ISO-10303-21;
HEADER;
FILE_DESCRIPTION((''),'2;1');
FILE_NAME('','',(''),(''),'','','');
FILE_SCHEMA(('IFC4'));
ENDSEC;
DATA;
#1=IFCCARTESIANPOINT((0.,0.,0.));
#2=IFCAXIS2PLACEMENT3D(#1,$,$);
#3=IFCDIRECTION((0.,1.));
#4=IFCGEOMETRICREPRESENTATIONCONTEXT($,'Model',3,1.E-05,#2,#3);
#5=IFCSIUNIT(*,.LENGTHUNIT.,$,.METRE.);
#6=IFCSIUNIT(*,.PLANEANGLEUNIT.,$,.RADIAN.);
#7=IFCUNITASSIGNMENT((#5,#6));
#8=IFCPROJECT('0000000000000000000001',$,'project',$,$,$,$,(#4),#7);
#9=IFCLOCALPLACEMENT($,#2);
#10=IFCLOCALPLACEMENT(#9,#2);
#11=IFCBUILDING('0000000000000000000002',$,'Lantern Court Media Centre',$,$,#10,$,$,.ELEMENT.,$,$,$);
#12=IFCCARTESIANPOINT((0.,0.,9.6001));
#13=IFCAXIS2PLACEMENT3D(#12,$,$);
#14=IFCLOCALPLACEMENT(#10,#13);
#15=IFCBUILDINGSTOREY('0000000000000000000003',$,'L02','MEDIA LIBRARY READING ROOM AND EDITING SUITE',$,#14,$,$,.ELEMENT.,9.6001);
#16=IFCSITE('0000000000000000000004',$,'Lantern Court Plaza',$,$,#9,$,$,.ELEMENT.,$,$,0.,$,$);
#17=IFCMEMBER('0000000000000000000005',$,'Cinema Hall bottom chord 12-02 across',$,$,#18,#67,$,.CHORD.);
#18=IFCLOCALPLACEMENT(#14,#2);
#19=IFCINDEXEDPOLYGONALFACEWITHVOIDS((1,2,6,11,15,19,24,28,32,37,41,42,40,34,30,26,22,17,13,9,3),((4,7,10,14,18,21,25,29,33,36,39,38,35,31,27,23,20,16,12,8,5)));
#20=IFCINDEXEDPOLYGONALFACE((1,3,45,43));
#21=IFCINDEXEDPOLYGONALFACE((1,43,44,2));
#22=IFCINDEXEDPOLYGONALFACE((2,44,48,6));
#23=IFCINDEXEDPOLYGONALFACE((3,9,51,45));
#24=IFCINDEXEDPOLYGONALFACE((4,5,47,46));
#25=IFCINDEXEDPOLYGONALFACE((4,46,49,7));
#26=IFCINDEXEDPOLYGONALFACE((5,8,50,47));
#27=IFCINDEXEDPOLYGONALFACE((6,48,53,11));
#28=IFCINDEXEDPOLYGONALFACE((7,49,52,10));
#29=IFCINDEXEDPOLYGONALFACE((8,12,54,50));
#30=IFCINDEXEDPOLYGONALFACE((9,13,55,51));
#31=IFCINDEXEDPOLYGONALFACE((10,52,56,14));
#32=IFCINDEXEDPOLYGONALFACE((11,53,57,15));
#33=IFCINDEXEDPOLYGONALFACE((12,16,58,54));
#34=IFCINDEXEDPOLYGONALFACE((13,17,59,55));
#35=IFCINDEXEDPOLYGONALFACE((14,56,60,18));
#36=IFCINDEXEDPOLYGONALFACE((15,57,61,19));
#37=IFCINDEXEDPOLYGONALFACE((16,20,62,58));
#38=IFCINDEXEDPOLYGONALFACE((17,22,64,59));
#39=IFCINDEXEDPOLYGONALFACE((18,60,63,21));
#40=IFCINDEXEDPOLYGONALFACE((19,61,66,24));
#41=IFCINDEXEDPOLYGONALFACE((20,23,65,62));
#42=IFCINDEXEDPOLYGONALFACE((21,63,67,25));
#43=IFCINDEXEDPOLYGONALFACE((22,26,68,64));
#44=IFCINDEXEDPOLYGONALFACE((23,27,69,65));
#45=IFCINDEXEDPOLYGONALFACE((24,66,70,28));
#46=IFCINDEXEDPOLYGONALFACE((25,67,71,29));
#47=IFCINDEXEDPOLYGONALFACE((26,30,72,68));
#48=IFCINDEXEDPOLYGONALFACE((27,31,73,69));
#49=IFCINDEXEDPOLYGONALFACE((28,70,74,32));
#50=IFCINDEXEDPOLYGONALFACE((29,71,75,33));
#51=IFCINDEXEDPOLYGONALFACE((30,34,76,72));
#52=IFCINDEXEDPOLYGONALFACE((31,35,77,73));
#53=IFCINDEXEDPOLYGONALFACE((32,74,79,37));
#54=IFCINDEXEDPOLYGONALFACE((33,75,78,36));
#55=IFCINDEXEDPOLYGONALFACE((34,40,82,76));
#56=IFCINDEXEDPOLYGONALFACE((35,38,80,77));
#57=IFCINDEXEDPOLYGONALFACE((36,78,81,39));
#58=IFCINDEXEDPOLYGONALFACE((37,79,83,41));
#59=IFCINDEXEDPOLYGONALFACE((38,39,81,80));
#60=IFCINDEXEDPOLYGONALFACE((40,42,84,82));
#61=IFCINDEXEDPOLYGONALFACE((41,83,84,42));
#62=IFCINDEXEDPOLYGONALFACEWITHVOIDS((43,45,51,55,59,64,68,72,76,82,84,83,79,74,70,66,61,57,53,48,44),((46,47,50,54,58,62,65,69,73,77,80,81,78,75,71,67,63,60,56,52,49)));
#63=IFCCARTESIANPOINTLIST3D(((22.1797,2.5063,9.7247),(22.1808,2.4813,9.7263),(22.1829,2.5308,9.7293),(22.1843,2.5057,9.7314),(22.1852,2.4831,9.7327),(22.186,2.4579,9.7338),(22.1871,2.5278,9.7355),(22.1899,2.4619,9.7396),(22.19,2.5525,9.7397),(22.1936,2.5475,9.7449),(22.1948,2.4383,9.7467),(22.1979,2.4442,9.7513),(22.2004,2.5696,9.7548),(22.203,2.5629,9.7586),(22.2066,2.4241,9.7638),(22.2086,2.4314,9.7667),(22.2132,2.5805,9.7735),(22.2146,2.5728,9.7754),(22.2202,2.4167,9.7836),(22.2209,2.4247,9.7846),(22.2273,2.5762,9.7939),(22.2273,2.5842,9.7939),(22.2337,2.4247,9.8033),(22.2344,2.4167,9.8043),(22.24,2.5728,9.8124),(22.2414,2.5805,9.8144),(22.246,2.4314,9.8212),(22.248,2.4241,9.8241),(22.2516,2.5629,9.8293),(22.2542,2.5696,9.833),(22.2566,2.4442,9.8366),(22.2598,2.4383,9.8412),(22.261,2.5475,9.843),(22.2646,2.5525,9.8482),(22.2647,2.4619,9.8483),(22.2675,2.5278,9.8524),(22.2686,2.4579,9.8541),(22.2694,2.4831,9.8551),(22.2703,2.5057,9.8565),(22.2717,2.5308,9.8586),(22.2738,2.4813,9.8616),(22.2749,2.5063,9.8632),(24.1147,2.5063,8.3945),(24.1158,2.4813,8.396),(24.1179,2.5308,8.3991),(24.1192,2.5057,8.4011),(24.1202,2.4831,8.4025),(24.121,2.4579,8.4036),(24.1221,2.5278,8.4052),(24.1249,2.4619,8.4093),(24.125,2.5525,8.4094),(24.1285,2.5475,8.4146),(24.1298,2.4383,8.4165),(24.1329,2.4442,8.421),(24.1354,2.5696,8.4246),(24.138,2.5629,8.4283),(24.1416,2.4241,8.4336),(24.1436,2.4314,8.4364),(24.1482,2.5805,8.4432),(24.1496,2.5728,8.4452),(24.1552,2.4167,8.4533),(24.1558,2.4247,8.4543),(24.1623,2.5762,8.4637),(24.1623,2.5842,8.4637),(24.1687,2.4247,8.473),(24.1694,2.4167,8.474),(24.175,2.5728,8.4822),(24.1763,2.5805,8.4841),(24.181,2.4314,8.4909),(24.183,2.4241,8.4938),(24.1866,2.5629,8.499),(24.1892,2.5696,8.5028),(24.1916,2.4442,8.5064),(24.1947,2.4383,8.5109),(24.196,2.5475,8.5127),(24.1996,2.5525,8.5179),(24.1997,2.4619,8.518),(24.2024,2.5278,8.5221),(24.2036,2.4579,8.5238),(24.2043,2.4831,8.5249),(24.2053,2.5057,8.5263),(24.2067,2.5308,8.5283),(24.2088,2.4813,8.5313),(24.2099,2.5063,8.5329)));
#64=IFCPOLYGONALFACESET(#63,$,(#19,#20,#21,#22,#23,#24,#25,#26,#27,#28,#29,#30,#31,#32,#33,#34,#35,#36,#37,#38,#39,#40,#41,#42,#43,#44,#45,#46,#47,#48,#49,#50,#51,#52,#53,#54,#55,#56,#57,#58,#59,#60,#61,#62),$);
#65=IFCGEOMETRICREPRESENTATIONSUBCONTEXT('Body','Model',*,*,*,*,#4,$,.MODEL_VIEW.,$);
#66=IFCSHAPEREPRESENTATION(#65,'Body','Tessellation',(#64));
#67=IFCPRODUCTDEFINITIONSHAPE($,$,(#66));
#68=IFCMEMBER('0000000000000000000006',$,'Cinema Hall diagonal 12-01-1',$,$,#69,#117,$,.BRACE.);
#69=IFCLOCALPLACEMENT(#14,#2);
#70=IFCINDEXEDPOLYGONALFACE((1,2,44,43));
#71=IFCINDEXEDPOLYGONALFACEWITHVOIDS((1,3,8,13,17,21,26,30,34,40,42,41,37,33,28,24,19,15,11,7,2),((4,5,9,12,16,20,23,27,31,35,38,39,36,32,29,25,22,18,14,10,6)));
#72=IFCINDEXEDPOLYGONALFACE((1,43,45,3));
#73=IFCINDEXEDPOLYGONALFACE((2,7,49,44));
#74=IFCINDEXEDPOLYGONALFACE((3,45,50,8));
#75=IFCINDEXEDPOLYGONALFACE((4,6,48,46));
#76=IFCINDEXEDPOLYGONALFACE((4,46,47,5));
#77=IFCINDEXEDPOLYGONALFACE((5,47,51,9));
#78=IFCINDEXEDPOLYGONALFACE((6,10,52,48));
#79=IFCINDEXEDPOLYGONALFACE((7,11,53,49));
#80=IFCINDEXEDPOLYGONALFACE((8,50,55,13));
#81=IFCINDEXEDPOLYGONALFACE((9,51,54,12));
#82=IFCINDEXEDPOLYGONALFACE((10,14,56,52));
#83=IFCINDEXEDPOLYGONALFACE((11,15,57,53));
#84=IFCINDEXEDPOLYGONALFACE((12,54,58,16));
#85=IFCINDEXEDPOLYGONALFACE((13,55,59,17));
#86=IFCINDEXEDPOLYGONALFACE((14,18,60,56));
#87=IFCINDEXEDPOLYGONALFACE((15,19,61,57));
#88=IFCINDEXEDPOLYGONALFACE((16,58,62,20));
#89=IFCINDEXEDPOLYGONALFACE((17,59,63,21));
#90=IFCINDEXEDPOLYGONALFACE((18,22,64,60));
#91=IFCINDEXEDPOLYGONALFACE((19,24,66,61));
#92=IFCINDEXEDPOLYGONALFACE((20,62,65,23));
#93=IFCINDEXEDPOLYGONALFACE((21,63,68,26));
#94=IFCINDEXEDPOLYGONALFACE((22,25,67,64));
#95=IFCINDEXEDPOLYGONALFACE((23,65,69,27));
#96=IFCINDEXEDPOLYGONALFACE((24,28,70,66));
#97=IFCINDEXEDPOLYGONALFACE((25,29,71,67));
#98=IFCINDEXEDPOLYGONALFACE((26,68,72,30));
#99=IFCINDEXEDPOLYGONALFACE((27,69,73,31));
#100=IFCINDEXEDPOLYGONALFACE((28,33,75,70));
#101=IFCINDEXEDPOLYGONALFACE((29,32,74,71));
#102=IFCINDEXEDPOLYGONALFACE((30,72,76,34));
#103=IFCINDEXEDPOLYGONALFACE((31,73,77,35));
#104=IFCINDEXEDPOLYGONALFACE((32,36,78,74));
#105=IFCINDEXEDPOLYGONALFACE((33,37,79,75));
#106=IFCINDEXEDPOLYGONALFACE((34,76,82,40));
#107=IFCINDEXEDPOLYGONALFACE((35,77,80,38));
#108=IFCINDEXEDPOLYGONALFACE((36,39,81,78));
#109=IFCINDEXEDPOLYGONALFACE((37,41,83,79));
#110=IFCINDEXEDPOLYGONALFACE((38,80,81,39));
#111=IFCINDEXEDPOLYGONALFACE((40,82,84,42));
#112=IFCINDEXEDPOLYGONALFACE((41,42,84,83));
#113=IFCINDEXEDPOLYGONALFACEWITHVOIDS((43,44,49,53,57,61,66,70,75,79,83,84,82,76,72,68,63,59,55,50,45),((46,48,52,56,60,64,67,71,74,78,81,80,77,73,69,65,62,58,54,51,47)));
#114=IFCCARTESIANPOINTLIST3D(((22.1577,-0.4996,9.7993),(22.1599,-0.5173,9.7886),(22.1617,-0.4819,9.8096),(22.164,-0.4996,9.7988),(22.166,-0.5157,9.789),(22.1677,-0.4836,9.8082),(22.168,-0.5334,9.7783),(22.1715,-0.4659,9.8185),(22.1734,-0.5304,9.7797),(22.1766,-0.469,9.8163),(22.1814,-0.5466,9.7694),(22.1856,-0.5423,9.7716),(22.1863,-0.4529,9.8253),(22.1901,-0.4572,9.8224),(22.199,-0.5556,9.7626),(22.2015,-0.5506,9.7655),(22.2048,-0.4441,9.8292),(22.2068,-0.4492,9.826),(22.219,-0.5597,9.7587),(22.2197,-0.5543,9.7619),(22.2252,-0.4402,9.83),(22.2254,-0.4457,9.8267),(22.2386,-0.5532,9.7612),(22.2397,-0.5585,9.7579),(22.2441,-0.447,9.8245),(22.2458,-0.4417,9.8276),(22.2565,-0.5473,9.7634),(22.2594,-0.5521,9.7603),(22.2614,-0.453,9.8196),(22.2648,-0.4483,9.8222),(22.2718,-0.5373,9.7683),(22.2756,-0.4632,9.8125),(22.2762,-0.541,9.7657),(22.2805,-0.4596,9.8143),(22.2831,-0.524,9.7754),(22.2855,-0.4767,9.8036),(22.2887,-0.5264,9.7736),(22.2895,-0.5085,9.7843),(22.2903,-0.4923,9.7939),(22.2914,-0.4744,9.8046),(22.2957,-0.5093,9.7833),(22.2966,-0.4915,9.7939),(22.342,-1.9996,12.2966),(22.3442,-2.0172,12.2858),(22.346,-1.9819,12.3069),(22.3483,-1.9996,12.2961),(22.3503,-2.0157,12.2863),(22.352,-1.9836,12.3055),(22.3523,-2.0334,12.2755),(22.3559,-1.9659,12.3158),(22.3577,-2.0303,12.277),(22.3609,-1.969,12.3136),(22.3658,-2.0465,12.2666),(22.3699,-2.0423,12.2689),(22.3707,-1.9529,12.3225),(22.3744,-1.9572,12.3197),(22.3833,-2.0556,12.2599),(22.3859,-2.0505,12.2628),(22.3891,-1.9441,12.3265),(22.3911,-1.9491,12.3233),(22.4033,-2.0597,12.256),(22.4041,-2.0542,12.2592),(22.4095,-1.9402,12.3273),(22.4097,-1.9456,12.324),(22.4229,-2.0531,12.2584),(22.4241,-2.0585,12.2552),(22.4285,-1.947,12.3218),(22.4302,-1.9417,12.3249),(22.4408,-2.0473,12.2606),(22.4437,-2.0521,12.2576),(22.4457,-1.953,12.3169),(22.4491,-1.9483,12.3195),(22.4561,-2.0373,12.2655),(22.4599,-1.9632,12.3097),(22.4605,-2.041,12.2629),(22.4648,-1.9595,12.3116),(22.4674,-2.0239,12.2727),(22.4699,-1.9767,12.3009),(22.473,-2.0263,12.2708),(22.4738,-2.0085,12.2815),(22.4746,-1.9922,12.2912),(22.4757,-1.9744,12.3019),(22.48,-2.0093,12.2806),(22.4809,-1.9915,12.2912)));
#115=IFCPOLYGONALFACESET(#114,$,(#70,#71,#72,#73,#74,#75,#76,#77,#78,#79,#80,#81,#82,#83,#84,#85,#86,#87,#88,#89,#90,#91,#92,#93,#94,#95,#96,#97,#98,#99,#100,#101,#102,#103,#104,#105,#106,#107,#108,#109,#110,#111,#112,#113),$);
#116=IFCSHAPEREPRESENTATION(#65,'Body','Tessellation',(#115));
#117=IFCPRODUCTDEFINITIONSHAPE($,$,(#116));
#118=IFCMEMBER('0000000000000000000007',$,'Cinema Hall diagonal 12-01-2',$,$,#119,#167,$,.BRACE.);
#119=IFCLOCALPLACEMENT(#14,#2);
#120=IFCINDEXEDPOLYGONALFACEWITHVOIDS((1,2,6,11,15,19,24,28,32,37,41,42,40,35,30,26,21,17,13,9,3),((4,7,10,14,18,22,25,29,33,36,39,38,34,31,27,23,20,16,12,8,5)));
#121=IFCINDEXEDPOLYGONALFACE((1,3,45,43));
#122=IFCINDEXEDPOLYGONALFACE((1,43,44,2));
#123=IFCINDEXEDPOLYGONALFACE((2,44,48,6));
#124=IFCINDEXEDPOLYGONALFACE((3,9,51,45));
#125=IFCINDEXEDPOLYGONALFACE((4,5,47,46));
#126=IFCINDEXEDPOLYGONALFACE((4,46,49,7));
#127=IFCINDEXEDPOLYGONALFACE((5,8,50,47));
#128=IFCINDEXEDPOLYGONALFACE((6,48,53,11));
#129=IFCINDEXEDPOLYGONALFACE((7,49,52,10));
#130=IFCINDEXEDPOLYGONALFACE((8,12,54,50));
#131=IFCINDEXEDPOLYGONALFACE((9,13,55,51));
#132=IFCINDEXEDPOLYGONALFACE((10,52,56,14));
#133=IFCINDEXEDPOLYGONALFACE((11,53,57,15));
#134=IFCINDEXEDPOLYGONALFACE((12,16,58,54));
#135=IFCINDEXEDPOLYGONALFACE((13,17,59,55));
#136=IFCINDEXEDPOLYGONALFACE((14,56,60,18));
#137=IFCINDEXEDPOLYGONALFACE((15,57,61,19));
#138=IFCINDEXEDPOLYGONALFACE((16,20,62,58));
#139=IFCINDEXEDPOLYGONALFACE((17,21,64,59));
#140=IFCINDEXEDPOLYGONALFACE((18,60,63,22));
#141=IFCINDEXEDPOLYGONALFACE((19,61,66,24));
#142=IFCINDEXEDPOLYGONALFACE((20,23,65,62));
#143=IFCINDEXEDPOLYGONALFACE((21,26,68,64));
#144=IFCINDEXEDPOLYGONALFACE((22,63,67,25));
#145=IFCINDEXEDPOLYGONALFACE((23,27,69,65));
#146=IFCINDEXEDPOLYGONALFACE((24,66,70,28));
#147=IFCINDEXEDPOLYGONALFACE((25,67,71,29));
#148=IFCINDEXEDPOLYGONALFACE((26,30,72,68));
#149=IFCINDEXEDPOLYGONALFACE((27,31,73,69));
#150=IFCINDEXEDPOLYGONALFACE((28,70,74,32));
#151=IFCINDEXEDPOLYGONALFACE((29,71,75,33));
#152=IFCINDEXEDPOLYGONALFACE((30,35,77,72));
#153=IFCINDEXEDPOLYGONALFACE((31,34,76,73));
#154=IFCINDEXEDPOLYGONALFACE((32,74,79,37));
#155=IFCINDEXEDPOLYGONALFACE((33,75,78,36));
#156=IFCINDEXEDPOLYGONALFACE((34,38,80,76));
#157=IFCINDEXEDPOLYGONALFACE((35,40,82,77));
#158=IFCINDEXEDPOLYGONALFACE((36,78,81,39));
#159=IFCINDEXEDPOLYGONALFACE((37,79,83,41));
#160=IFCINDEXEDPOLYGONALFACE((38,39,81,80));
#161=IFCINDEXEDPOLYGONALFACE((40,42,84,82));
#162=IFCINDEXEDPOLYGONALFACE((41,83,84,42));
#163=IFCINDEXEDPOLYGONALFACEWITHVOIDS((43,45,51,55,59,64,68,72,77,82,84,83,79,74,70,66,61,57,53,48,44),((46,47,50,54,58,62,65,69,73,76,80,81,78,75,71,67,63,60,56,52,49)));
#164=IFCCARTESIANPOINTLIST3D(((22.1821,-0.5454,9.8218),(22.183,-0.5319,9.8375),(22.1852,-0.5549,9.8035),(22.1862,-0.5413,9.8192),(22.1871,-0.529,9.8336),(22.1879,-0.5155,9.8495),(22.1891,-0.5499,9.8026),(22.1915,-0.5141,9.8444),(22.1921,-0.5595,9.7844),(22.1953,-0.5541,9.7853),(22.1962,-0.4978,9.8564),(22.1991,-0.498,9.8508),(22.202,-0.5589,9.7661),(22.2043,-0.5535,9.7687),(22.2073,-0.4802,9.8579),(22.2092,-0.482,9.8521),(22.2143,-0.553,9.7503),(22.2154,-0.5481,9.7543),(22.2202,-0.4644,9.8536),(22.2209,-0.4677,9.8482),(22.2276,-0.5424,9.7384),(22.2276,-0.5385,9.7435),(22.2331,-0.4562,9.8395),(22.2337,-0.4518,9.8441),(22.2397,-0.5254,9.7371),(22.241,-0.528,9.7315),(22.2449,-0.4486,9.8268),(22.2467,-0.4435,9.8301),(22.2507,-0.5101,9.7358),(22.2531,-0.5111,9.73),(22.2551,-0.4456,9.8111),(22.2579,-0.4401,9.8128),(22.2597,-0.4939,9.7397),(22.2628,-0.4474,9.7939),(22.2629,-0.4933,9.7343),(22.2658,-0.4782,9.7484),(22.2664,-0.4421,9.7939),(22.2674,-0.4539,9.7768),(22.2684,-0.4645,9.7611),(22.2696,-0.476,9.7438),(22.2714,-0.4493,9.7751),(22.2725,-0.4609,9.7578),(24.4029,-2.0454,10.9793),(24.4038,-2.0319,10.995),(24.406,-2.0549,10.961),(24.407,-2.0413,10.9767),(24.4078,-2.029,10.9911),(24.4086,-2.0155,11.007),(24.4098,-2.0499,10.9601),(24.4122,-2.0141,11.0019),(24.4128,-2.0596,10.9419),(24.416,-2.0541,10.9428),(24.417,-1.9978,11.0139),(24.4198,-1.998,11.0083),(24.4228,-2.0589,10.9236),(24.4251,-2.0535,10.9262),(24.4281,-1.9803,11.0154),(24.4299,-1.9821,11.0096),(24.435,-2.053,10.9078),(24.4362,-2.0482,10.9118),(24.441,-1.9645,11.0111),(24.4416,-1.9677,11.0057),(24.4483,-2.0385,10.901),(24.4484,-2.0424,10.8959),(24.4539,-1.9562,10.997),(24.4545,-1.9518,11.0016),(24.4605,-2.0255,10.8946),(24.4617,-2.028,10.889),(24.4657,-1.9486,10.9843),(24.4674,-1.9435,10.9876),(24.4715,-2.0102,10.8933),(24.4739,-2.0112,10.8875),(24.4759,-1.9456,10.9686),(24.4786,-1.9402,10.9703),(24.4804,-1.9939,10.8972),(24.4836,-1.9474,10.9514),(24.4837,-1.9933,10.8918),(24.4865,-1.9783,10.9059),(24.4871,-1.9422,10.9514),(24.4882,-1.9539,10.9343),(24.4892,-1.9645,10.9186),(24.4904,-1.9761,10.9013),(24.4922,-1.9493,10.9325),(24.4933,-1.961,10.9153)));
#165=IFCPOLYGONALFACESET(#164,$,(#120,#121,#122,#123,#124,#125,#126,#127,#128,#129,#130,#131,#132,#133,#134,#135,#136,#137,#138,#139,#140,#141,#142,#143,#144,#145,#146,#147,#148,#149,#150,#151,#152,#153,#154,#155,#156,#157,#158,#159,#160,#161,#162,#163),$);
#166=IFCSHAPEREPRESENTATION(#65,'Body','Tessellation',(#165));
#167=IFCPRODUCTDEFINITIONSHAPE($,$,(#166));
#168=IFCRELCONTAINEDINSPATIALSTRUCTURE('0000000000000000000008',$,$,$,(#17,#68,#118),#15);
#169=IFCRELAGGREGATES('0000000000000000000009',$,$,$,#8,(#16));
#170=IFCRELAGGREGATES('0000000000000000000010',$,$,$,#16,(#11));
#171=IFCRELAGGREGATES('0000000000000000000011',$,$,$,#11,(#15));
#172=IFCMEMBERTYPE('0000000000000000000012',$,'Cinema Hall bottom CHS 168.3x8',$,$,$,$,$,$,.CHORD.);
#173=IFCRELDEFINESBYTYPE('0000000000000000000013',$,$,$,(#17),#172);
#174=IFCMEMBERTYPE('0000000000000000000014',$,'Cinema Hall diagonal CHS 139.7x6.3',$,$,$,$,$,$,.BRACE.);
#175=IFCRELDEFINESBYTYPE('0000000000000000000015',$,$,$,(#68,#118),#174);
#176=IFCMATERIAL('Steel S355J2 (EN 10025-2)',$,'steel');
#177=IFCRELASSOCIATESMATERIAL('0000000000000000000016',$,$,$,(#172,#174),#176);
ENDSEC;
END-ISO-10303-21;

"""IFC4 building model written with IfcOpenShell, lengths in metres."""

from ifc_helpers import new_model, si_unit, direction, frame, origin, origin_2d, place, context, subcontext, project, spatial, hollow_circle, extrude, material, material_profile, profile_set, type_object, element, save


model = new_model("IFC4")

# Units and contexts
model_context = context("Model", 3, precision=1e-05, world=origin(), true_north=direction((0.0, 1.0)))
body_context = subcontext(model_context, "Body", "Model", "MODEL_VIEW")
ifc_project = project(units=[si_unit("LENGTHUNIT", "METRE"), si_unit("PLANEANGLEUNIT", "RADIAN")], contexts=[model_context])

# Site, building, storey
site_placement = place(None, origin())
site = spatial("IfcSite", under=ifc_project, at=site_placement, Name="Lantern Court Plaza", CompositionType="ELEMENT", RefElevation=0.0)
building_placement = place(site_placement, origin())
building = spatial("IfcBuilding", under=site, at=building_placement, Name="Lantern Court Media Centre", CompositionType="ELEMENT")
storey_placement = place(building_placement, frame((0.0, 0.0, 9.6001)))
storey = spatial("IfcBuildingStorey", under=building, at=storey_placement, Name="L02", Description="MEDIA LIBRARY READING ROOM AND EDITING SUITE", CompositionType="ELEMENT", Elevation=9.6001)

# Members
ifc_material = material(Name="Steel S355J2 (EN 10025-2)", Category="steel")
ifc_material_profile_1 = material_profile(ifc_material, hollow_circle(Radius=0.0842, WallThickness=0.0081, at=origin_2d()), Name="Cinema Hall bottom CHS 168.3x8")
ifc_profile_set_1 = profile_set([ifc_material_profile_1], Name="Steel S355J2 (EN 10025-2)")
member_type_1 = type_object("IfcMemberType", Name="Cinema Hall bottom CHS 168.3x8", PredefinedType="CHORD", material=ifc_profile_set_1)
for number, where, z_axis, x_axis, name in (
    (1, (22.2273, 2.5, 9.7939), (0.824048, 0.0, -0.56652), (0.0, 1.0, 0.0), "Cinema Hall bottom chord 12-02 across"),
):
    element("IfcMember", number, at=place(storey_placement, frame(where, z_axis=z_axis, x_axis=x_axis)), inside=storey, type_object=member_type_1, Name=name, PredefinedType="CHORD", context=body_context, shape_type="SweptSolid", body=[
        extrude(hollow_circle(Radius=0.0842, WallThickness=0.0081, at=origin_2d()), origin(), (0.0, 0.0, 1.0), 2.3481),
    ])
ifc_material_profile_2 = material_profile(ifc_material, hollow_circle(Radius=0.0698, WallThickness=0.0063, at=origin_2d()), Name="Cinema Hall diagonal CHS 139.7x6.3")
ifc_profile_set_2 = profile_set([ifc_material_profile_2], Name="Steel S355J2 (EN 10025-2)")
member_type_2 = type_object("IfcMemberType", Name="Cinema Hall diagonal CHS 139.7x6.3", PredefinedType="BRACE", material=ifc_profile_set_2)
member_1_placement = place(storey_placement, frame((22.2273, -0.5, 9.7939), z_axis=(0.063147, -0.513875, 0.855538), x_axis=(0.992534, 0.121967, 0.0)))
element("IfcMember", 2, at=member_1_placement, inside=storey, type_object=member_type_2, Name="Cinema Hall diagonal 12-01-1", PredefinedType="BRACE", context=body_context, shape_type="SweptSolid", body=[
    extrude(hollow_circle(Radius=0.0698, WallThickness=0.0063, at=origin_2d()), origin(), (0.0, 0.0, 1.0), 2.9189),
])
for number, where, z_axis, x_axis, name in (
    (3, (22.2273, -0.5, 9.7939), (0.760744, -0.513854, 0.396514), (0.559736, 0.828671, 0.0), "Cinema Hall diagonal 12-01-2"),
):
    element("IfcMember", number, at=place(storey_placement, frame(where, z_axis=z_axis, x_axis=x_axis)), inside=storey, type_object=member_type_2, Name=name, PredefinedType="BRACE", context=body_context, shape_type="SweptSolid", body=[
        extrude(hollow_circle(Radius=0.0698, WallThickness=0.0063, at=origin_2d()), origin(), (0.0, 0.0, 1.0), 2.9192),
    ])

save(model, "model.ifc")
